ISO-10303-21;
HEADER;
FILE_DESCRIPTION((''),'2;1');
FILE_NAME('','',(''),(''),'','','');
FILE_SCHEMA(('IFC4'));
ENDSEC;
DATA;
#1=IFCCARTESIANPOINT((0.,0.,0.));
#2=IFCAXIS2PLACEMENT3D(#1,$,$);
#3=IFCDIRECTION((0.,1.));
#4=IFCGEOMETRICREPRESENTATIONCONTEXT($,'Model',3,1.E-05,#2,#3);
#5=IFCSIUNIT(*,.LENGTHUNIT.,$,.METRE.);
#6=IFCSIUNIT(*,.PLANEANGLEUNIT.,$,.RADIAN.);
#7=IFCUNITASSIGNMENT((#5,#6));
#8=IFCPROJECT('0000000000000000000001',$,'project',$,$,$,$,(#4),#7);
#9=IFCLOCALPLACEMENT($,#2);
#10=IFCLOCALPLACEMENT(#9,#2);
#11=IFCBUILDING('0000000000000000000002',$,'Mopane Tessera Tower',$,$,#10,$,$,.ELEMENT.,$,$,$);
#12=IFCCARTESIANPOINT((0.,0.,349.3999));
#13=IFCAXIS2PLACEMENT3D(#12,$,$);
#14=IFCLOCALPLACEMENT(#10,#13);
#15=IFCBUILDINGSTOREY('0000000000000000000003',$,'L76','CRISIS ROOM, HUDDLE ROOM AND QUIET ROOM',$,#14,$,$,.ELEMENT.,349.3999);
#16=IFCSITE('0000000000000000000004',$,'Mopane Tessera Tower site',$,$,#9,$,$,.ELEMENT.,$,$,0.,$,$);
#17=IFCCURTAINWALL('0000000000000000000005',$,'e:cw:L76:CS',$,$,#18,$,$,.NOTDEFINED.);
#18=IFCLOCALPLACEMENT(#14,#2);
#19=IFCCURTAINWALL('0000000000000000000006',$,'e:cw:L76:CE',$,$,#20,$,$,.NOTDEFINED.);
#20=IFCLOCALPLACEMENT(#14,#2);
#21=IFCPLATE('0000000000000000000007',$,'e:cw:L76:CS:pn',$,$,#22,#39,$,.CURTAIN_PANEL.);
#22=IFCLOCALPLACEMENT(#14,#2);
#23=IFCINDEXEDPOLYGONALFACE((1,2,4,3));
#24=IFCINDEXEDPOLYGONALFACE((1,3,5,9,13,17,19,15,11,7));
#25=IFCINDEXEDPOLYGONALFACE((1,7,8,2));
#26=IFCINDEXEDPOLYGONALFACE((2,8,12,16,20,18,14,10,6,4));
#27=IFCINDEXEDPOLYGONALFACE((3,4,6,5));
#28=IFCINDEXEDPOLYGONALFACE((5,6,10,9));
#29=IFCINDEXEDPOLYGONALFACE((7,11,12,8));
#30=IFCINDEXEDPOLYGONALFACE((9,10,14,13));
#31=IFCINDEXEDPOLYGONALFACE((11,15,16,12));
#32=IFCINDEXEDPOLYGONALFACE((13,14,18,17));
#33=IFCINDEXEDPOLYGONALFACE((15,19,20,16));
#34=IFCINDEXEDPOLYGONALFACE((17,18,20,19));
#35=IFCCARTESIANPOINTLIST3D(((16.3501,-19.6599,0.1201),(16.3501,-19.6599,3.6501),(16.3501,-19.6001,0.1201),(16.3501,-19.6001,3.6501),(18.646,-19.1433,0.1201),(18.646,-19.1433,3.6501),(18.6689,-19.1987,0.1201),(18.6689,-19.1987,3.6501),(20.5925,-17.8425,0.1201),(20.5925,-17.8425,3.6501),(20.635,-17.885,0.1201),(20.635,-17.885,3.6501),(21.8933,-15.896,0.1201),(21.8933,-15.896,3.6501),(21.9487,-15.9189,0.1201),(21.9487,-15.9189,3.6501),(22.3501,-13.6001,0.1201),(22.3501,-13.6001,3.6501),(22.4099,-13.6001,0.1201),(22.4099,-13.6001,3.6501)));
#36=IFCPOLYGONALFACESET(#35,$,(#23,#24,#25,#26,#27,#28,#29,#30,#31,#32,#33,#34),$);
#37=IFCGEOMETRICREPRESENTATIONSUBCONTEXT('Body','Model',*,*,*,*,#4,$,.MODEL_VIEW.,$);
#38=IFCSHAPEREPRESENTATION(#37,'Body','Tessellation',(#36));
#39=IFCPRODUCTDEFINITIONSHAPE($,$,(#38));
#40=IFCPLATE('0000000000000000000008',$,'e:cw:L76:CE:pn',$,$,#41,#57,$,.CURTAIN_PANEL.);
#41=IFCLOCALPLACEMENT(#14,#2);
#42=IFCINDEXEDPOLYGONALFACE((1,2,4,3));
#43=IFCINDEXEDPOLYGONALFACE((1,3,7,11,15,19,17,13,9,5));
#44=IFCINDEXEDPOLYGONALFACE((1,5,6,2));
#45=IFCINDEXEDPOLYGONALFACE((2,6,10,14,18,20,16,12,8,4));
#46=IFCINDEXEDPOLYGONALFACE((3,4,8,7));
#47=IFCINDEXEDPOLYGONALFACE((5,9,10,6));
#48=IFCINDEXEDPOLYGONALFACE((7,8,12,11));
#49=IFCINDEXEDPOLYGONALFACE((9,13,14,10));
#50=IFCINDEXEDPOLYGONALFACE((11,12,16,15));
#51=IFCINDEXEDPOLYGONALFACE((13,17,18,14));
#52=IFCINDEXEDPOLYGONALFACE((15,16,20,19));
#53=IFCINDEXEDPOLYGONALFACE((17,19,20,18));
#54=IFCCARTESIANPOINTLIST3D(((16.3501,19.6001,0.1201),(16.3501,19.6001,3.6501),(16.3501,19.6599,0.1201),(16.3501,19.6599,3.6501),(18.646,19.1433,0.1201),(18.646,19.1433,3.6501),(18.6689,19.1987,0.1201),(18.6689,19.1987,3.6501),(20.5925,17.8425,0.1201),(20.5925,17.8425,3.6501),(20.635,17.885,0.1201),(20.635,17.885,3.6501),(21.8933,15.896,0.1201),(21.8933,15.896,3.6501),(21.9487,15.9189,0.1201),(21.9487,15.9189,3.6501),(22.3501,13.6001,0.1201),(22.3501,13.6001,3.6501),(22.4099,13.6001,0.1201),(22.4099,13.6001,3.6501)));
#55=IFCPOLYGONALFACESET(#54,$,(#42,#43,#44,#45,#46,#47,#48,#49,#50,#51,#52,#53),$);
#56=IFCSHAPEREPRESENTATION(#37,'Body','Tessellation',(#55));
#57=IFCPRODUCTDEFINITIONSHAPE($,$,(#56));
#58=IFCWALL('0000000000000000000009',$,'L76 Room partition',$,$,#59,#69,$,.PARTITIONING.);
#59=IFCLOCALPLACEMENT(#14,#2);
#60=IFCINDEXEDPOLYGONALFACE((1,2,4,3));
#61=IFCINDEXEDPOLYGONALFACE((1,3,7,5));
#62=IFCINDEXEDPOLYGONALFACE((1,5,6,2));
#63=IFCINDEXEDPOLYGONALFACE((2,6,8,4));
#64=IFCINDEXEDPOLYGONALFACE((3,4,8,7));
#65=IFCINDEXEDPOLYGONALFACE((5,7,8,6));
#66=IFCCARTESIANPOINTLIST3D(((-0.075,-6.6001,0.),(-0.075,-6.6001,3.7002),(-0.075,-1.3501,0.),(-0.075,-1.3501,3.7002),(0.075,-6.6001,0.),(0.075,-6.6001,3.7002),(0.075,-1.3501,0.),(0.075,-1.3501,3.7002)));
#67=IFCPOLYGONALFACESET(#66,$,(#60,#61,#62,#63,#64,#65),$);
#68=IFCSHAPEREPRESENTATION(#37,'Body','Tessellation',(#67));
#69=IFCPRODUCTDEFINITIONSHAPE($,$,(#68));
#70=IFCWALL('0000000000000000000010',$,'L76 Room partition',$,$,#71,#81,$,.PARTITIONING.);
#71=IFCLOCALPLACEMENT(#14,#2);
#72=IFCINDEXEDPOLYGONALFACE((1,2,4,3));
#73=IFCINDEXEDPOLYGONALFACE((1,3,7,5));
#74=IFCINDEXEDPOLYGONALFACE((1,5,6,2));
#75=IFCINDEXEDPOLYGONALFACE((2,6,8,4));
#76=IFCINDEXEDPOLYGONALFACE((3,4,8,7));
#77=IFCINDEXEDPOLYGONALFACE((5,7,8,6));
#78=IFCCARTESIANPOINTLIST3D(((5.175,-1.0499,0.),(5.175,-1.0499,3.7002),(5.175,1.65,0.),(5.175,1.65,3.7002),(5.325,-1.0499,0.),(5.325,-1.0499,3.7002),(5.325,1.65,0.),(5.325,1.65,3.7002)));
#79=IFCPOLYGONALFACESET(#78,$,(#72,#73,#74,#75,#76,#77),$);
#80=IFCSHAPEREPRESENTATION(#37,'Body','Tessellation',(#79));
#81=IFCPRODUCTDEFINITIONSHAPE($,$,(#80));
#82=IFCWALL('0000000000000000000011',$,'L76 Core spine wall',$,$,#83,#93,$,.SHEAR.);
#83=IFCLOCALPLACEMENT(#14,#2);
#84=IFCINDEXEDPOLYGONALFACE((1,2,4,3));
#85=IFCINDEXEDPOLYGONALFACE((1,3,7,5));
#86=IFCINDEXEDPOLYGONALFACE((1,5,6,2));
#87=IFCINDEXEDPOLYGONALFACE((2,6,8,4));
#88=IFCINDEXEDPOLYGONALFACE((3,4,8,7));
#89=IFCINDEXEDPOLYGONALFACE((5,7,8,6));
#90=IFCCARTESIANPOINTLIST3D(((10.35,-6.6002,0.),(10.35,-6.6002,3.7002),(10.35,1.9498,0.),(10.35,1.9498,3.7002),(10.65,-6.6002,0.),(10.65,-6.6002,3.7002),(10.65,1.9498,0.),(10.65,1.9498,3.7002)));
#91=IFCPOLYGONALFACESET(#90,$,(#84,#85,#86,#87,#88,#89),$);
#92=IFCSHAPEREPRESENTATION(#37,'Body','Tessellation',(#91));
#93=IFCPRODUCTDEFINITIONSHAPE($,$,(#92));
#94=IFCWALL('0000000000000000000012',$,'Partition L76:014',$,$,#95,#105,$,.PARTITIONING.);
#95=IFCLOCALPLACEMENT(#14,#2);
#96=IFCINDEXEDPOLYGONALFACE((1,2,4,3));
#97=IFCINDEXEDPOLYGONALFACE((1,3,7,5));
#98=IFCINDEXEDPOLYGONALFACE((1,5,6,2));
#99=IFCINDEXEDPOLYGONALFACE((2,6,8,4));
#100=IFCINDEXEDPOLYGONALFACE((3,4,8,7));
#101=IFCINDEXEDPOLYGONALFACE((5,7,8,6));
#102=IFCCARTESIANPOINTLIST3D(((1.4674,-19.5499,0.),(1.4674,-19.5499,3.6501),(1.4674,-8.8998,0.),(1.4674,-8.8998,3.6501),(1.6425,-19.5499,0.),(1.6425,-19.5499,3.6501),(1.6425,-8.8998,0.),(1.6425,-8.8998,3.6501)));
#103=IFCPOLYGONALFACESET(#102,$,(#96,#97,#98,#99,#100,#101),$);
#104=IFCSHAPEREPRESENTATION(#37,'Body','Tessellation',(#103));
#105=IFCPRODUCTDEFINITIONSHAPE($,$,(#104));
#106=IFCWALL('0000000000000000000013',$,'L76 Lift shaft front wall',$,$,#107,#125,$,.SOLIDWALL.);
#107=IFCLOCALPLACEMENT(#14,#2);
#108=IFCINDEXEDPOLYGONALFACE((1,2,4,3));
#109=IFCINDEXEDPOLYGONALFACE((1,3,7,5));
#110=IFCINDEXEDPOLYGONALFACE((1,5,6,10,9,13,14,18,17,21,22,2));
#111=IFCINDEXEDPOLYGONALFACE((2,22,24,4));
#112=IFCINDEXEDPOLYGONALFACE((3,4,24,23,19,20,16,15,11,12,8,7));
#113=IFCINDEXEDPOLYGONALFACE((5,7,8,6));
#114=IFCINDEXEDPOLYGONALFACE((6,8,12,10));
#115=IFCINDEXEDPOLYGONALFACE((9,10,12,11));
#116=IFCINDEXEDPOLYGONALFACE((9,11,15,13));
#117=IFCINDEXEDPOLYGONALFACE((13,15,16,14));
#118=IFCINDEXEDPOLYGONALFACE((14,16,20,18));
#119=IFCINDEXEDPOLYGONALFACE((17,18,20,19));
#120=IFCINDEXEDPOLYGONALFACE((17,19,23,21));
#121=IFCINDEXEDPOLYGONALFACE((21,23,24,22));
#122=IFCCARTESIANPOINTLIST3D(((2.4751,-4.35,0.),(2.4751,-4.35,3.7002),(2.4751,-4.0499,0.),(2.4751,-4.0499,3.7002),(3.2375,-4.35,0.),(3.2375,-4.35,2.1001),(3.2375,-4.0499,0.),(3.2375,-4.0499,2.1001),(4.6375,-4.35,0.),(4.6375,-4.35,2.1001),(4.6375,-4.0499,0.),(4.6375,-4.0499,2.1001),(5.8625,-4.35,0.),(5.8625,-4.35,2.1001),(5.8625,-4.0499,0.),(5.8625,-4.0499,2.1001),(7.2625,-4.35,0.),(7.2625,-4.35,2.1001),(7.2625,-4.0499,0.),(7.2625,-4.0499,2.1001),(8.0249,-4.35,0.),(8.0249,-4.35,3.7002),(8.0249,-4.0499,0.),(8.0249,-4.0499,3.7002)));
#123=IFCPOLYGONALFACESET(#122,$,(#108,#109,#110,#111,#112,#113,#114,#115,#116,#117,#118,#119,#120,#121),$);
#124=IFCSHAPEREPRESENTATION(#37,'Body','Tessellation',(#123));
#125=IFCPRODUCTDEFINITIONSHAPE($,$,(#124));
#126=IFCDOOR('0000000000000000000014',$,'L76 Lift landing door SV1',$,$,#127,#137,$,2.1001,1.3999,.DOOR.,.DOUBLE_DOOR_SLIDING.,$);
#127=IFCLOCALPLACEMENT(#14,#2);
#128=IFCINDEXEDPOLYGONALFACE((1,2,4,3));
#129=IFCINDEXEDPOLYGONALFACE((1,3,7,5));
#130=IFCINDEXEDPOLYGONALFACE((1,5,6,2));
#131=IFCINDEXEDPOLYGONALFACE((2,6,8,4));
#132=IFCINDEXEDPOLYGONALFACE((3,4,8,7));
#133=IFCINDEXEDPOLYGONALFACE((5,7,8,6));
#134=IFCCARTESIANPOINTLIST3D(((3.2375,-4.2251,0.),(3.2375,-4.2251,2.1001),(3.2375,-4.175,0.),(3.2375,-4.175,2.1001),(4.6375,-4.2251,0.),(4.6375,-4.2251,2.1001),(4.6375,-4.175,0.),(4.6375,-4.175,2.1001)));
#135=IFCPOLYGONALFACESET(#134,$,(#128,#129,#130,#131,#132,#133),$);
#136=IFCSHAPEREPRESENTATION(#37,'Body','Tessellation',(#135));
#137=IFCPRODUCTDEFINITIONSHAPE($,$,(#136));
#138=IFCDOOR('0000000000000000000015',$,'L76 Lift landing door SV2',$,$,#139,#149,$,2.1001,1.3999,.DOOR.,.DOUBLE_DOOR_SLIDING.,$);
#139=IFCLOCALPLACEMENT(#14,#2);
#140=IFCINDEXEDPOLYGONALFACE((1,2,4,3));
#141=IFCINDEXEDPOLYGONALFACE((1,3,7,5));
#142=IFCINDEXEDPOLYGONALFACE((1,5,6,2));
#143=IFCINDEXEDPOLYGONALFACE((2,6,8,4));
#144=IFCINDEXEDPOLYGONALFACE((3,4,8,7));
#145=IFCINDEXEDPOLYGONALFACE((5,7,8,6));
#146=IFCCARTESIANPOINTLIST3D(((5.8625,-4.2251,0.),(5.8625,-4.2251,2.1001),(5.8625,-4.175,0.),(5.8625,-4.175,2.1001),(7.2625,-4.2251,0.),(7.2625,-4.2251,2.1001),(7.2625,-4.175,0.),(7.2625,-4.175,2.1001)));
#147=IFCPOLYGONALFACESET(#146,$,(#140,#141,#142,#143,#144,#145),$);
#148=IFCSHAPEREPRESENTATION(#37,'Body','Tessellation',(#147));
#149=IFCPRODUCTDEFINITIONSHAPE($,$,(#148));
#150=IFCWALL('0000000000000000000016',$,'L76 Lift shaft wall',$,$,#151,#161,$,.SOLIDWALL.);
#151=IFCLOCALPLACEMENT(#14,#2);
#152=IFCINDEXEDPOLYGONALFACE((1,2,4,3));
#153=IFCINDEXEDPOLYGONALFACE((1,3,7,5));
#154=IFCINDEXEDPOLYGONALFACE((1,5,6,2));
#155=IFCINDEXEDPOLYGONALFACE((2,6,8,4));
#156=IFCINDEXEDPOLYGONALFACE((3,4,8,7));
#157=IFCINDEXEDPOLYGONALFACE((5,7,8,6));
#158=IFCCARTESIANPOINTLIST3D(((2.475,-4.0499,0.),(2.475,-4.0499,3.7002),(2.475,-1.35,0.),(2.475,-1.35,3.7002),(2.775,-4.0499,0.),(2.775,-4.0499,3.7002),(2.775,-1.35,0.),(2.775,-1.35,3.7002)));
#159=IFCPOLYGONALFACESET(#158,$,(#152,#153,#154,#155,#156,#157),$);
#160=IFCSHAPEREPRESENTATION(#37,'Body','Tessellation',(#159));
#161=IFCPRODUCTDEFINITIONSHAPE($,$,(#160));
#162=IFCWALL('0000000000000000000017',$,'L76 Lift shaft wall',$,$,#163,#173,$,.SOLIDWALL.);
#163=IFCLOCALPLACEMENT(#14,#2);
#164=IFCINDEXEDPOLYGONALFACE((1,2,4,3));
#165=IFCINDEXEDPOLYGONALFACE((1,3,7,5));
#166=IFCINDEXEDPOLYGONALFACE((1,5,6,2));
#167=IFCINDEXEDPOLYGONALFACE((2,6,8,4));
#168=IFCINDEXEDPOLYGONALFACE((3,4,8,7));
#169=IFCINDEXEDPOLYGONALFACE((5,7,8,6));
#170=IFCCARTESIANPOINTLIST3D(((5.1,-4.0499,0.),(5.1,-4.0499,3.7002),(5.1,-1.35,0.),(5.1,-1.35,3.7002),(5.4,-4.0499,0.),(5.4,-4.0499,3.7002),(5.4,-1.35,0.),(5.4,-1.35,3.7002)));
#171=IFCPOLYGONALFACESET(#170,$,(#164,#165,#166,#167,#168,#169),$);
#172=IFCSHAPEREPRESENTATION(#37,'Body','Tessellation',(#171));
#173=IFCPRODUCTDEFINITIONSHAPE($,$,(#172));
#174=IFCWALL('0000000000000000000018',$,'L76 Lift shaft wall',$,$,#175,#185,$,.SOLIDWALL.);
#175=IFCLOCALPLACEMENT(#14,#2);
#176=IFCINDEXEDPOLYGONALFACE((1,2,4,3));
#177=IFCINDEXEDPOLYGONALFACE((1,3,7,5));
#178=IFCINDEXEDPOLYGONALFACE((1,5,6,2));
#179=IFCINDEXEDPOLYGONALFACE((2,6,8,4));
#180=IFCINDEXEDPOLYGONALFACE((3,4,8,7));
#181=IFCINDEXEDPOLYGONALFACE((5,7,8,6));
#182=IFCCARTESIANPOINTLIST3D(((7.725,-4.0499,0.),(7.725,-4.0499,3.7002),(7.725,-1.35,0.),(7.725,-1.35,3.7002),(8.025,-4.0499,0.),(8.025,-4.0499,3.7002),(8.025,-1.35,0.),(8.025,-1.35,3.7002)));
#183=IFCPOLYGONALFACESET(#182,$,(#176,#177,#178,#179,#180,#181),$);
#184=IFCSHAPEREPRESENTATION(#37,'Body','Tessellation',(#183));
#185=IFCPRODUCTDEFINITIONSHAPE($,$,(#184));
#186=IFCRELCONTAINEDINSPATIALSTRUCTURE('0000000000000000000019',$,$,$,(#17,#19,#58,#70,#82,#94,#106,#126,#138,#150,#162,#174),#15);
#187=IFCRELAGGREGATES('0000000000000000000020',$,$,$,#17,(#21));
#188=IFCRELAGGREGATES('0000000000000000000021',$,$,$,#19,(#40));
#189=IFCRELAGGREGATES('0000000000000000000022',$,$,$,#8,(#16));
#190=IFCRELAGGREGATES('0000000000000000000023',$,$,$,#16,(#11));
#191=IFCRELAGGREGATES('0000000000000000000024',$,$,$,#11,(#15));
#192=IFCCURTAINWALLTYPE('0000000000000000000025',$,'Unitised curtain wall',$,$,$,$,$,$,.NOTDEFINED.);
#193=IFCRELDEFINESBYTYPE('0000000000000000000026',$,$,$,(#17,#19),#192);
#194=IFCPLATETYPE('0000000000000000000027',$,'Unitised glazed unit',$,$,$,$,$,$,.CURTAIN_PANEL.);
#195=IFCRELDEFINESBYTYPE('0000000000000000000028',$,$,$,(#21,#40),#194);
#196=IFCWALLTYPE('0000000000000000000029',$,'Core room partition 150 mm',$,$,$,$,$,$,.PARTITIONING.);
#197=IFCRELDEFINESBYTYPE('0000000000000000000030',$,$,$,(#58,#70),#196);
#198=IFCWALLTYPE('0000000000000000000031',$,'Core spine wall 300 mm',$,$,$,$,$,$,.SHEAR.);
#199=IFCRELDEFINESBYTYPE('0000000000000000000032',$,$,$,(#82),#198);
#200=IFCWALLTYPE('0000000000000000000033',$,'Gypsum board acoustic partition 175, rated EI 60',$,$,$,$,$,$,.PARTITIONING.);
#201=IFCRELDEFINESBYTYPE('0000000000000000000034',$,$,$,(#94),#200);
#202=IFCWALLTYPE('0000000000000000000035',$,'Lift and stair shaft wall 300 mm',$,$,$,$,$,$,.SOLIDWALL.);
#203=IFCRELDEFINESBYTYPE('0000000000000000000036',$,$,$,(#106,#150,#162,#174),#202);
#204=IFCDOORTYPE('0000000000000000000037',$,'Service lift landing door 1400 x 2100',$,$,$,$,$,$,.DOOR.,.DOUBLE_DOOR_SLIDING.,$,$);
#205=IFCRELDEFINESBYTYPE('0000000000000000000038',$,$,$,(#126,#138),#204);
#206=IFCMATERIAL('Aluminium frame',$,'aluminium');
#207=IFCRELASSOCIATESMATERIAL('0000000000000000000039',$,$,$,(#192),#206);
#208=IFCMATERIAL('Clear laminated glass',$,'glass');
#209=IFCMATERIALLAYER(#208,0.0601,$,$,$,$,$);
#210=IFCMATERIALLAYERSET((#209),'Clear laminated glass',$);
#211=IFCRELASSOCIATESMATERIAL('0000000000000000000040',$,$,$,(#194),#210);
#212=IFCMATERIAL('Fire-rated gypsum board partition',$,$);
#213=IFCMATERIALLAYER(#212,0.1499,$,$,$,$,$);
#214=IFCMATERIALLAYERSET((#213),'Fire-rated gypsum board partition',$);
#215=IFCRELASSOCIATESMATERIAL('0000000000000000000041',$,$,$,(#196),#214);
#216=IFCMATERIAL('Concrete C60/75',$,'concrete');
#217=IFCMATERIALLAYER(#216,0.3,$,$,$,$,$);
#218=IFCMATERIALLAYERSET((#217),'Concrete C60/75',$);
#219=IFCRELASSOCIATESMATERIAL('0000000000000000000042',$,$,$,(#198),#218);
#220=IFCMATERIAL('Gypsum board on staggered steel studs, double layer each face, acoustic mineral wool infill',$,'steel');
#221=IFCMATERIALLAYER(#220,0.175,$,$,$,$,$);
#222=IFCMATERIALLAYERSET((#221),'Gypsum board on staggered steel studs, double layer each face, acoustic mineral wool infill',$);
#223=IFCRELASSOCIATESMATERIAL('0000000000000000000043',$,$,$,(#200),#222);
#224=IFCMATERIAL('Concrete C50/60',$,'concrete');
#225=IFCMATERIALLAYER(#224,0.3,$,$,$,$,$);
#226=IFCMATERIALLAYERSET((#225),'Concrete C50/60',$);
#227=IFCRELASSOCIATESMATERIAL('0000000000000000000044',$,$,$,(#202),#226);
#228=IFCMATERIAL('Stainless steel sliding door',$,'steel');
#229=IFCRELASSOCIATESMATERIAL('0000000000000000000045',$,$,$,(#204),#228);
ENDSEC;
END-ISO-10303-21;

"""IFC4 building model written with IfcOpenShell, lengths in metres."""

from ifc_helpers import new_model, si_unit, direction, frame, frame_2d, origin, place, context, subcontext, project, spatial, polyline, rectangle, outline, extrude, material, layer, layer_set, type_object, element, fill, aggregate, save


model = new_model("IFC4")

# Units and contexts
model_context = context("Model", 3, precision=1e-05, world=origin(), true_north=direction((0.0, 1.0)))
body_context = subcontext(model_context, "Body", "Model", "MODEL_VIEW")
ifc_project = project(units=[si_unit("LENGTHUNIT", "METRE"), si_unit("PLANEANGLEUNIT", "RADIAN")], contexts=[model_context])

# Site, building, storey
site_placement = place(None, origin())
site = spatial("IfcSite", under=ifc_project, at=site_placement, Name="Mopane Tessera Tower site", CompositionType="ELEMENT", RefElevation=0.0)
building_placement = place(site_placement, origin())
building = spatial("IfcBuilding", under=site, at=building_placement, Name="Mopane Tessera Tower", CompositionType="ELEMENT")
storey_placement = place(building_placement, frame((0.0, 0.0, 349.3999)))
storey = spatial("IfcBuildingStorey", under=building, at=storey_placement, Name="L76", Description="CRISIS ROOM, HUDDLE ROOM AND QUIET ROOM", CompositionType="ELEMENT", Elevation=349.3999)

# Shared definitions
ifc_material_1 = material(Name="Aluminium frame", Category="aluminium")
curtain_wall_type = type_object("IfcCurtainWallType", Name="Unitised curtain wall", PredefinedType="NOTDEFINED", material=ifc_material_1)

# Curtain walls
curtain_wall_1_placement = place(storey_placement, origin())
curtain_wall_1 = element("IfcCurtainWall", 1, at=curtain_wall_1_placement, inside=storey, type_object=curtain_wall_type, Name="e:cw:L76:CS", PredefinedType="NOTDEFINED")
curtain_wall_2_placement = place(storey_placement, origin())
curtain_wall_2 = element("IfcCurtainWall", 2, at=curtain_wall_2_placement, inside=storey, type_object=curtain_wall_type, Name="e:cw:L76:CE", PredefinedType="NOTDEFINED")

# Plates
ifc_material_2 = material(Name="Clear laminated glass", Category="glass")
ifc_layer_1 = layer(ifc_material_2, 0.0601)
ifc_layer_set_1 = layer_set([ifc_layer_1], Name="Clear laminated glass")
plate_type = type_object("IfcPlateType", Name="Unitised glazed unit", PredefinedType="CURTAIN_PANEL", material=ifc_layer_set_1)
plate_1_placement = place(storey_placement, frame((0.0, 0.0, 0.1201)))
plate_1 = element("IfcPlate", 3, at=plate_1_placement, type_object=plate_type, Name="e:cw:L76:CS:pn", PredefinedType="CURTAIN_PANEL", context=body_context, shape_type="SweptSolid", body=[
    extrude(outline(polyline([(16.3501, -19.6001), (18.646, -19.1433), (20.5925, -17.8425), (21.8933, -15.896), (22.3501, -13.6001), (22.4099, -13.6001), (21.9487, -15.9189), (20.635, -17.885), (18.6689, -19.1987), (16.3501, -19.6599), (16.3501, -19.6001)])), origin(), (0.0, 0.0, 1.0), 3.53),
])
aggregate(curtain_wall_1, [plate_1])
plate_2_placement = place(storey_placement, frame((0.0, 0.0, 0.1201)))
plate_2 = element("IfcPlate", 4, at=plate_2_placement, type_object=plate_type, Name="e:cw:L76:CE:pn", PredefinedType="CURTAIN_PANEL", context=body_context, shape_type="SweptSolid", body=[
    extrude(outline(polyline([(22.3501, 13.6001), (21.8933, 15.896), (20.5925, 17.8425), (18.646, 19.1433), (16.3501, 19.6001), (16.3501, 19.6599), (18.6689, 19.1987), (20.635, 17.885), (21.9487, 15.9189), (22.4099, 13.6001), (22.3501, 13.6001)])), origin(), (0.0, 0.0, 1.0), 3.53),
])
aggregate(curtain_wall_2, [plate_2])

# Walls
ifc_material_3 = material(Name="Fire-rated gypsum board partition")
ifc_layer_2 = layer(ifc_material_3, 0.1499)
ifc_layer_set_2 = layer_set([ifc_layer_2], Name="Fire-rated gypsum board partition")
wall_type_1 = type_object("IfcWallType", Name="Core room partition 150 mm", PredefinedType="PARTITIONING", material=ifc_layer_set_2)
wall_1_placement = place(storey_placement, frame((0.0, -6.6001, 0.0), z_axis=(0.0, 0.0, 1.0), x_axis=(0.0, 1.0, 0.0)))
element("IfcWall", 5, at=wall_1_placement, inside=storey, type_object=wall_type_1, Name="L76 Room partition", PredefinedType="PARTITIONING", context=body_context, shape_type="SweptSolid", body=[
    extrude(rectangle(XDim=5.25, YDim=0.1499, at=frame_2d((2.625, 0.0))), origin(), (0.0, 0.0, 1.0), 3.7002),
])
wall_2_placement = place(storey_placement, frame((5.25, -1.05, 0.0), z_axis=(0.0, 0.0, 1.0), x_axis=(0.0, 1.0, 0.0)))
element("IfcWall", 6, at=wall_2_placement, inside=storey, type_object=wall_type_1, Name="L76 Room partition", PredefinedType="PARTITIONING", context=body_context, shape_type="SweptSolid", body=[
    extrude(rectangle(XDim=2.7, YDim=0.1499, at=frame_2d((1.3501, 0.0))), origin(), (0.0, 0.0, 1.0), 3.7002),
])
ifc_material_4 = material(Name="Concrete C60/75", Category="concrete")
ifc_layer_3 = layer(ifc_material_4, 0.3)
ifc_layer_set_3 = layer_set([ifc_layer_3], Name="Concrete C60/75")
wall_type_2 = type_object("IfcWallType", Name="Core spine wall 300 mm", PredefinedType="SHEAR", material=ifc_layer_set_3)
wall_3_placement = place(storey_placement, frame((10.5, -6.6001, 0.0), z_axis=(0.0, 0.0, 1.0), x_axis=(0.0, 1.0, 0.0)))
element("IfcWall", 7, at=wall_3_placement, inside=storey, type_object=wall_type_2, Name="L76 Core spine wall", PredefinedType="SHEAR", context=body_context, shape_type="SweptSolid", body=[
    extrude(rectangle(XDim=8.55, YDim=0.3, at=frame_2d((4.2749, 0.0))), origin(), (0.0, 0.0, 1.0), 3.7002),
])
ifc_material_5 = material(Name="Gypsum board on staggered steel studs, double layer each face, acoustic mineral wool infill", Category="steel")
ifc_layer_4 = layer(ifc_material_5, 0.175)
ifc_layer_set_4 = layer_set([ifc_layer_4], Name="Gypsum board on staggered steel studs, double layer each face, acoustic mineral wool infill")
wall_type_3 = type_object("IfcWallType", Name="Gypsum board acoustic partition 175, rated EI 60", PredefinedType="PARTITIONING", material=ifc_layer_set_4)
wall_4_placement = place(storey_placement, frame((1.5549, -19.55, 0.0), z_axis=(0.0, 0.0, 1.0), x_axis=(0.0, 1.0, 0.0)))
element("IfcWall", 8, at=wall_4_placement, inside=storey, type_object=wall_type_3, Name="Partition L76:014", PredefinedType="PARTITIONING", context=body_context, shape_type="SweptSolid", body=[
    extrude(rectangle(XDim=10.6501, YDim=0.175, at=frame_2d((5.3252, 0.0))), origin(), (0.0, 0.0, 1.0), 3.6501),
])

# Wall, openings, doors
ifc_material_6 = material(Name="Concrete C50/60", Category="concrete")
ifc_layer_5 = layer(ifc_material_6, 0.3)
ifc_layer_set_5 = layer_set([ifc_layer_5], Name="Concrete C50/60")
wall_type_4 = type_object("IfcWallType", Name="Lift and stair shaft wall 300 mm", PredefinedType="SOLIDWALL", material=ifc_layer_set_5)
wall_5_placement = place(storey_placement, frame((2.4751, -4.2, 0.0), z_axis=(0.0, 0.0, 1.0), x_axis=(1.0, 0.0, 0.0)))
wall_5 = element("IfcWall", 9, at=wall_5_placement, inside=storey, type_object=wall_type_4, Name="L76 Lift shaft front wall", PredefinedType="SOLIDWALL", context=body_context, shape_type="SweptSolid", body=[
    extrude(rectangle(XDim=5.5498, YDim=0.3, at=frame_2d((2.7749, 0.0))), origin(), (0.0, 0.0, 1.0), 3.7002),
])
opening_1_placement = place(wall_5_placement, frame((0.7625, 0.0, 0.0)))
opening_1 = element("IfcOpeningElement", 10, at=opening_1_placement, cuts=wall_5, PredefinedType="OPENING", context=body_context, shape_type="SweptSolid", body=[
    extrude(rectangle(XDim=1.3999, YDim=2.1001, at=frame_2d((0.7, 1.05))), frame((0.0, 0.1621, 0.0), z_axis=(0.0, -1.0, 0.0), x_axis=(1.0, 0.0, 0.0)), (0.0, 0.0, 1.0), 0.324),
])
opening_2_placement = place(wall_5_placement, frame((3.3875, 0.0, 0.0)))
opening_2 = element("IfcOpeningElement", 11, at=opening_2_placement, cuts=wall_5, PredefinedType="OPENING", context=body_context, shape_type="SweptSolid", body=[
    extrude(rectangle(XDim=1.3999, YDim=2.1001, at=frame_2d((0.7, 1.05))), frame((0.0, 0.1621, 0.0), z_axis=(0.0, -1.0, 0.0), x_axis=(1.0, 0.0, 0.0)), (0.0, 0.0, 1.0), 0.324),
])
ifc_material_7 = material(Name="Stainless steel sliding door", Category="steel")
door_type_1 = type_object("IfcDoorType", Name="Service lift landing door 1400 x 2100", OperationType="DOUBLE_DOOR_SLIDING", PredefinedType="DOOR", material=ifc_material_7)
door_1_placement = place(opening_1_placement, origin())
door_1 = element("IfcDoor", 12, at=door_1_placement, inside=storey, type_object=door_type_1, Name="L76 Lift landing door SV1", OperationType="DOUBLE_DOOR_SLIDING", OverallHeight=2.1001, OverallWidth=1.3999, PredefinedType="DOOR", context=body_context, shape_type="SweptSolid", body=[
    extrude(rectangle(XDim=1.3999, YDim=2.1001, at=frame_2d((0.7, 1.05))), frame((0.0, 0.0249, 0.0), z_axis=(0.0, -1.0, 0.0), x_axis=(1.0, 0.0, 0.0)), (0.0, 0.0, 1.0), 0.05),
])
fill(opening_1, door_1)
door_2_placement = place(opening_2_placement, origin())
door_2 = element("IfcDoor", 13, at=door_2_placement, inside=storey, type_object=door_type_1, Name="L76 Lift landing door SV2", OperationType="DOUBLE_DOOR_SLIDING", OverallHeight=2.1001, OverallWidth=1.3999, PredefinedType="DOOR", context=body_context, shape_type="SweptSolid", body=[
    extrude(rectangle(XDim=1.3999, YDim=2.1001, at=frame_2d((0.7, 1.05))), frame((0.0, 0.0249, 0.0), z_axis=(0.0, -1.0, 0.0), x_axis=(1.0, 0.0, 0.0)), (0.0, 0.0, 1.0), 0.05),
])
fill(opening_2, door_2)

# Walls
for number, where, z_axis, x_axis, name in (
    (14, (2.625, -4.05, 0.0), (0.0, 0.0, 1.0), (0.0, 1.0, 0.0), "L76 Lift shaft wall"),
    (15, (5.25, -4.05, 0.0), (0.0, 0.0, 1.0), (0.0, 1.0, 0.0), "L76 Lift shaft wall"),
    (16, (7.875, -4.05, 0.0), (0.0, 0.0, 1.0), (0.0, 1.0, 0.0), "L76 Lift shaft wall"),
):
    element("IfcWall", number, at=place(storey_placement, frame(where, z_axis=z_axis, x_axis=x_axis)), inside=storey, type_object=wall_type_4, Name=name, PredefinedType="SOLIDWALL", context=body_context, shape_type="SweptSolid", body=[
        extrude(rectangle(XDim=2.7, YDim=0.3, at=frame_2d((1.3501, 0.0))), origin(), (0.0, 0.0, 1.0), 3.7002),
    ])

save(model, "model.ifc")
